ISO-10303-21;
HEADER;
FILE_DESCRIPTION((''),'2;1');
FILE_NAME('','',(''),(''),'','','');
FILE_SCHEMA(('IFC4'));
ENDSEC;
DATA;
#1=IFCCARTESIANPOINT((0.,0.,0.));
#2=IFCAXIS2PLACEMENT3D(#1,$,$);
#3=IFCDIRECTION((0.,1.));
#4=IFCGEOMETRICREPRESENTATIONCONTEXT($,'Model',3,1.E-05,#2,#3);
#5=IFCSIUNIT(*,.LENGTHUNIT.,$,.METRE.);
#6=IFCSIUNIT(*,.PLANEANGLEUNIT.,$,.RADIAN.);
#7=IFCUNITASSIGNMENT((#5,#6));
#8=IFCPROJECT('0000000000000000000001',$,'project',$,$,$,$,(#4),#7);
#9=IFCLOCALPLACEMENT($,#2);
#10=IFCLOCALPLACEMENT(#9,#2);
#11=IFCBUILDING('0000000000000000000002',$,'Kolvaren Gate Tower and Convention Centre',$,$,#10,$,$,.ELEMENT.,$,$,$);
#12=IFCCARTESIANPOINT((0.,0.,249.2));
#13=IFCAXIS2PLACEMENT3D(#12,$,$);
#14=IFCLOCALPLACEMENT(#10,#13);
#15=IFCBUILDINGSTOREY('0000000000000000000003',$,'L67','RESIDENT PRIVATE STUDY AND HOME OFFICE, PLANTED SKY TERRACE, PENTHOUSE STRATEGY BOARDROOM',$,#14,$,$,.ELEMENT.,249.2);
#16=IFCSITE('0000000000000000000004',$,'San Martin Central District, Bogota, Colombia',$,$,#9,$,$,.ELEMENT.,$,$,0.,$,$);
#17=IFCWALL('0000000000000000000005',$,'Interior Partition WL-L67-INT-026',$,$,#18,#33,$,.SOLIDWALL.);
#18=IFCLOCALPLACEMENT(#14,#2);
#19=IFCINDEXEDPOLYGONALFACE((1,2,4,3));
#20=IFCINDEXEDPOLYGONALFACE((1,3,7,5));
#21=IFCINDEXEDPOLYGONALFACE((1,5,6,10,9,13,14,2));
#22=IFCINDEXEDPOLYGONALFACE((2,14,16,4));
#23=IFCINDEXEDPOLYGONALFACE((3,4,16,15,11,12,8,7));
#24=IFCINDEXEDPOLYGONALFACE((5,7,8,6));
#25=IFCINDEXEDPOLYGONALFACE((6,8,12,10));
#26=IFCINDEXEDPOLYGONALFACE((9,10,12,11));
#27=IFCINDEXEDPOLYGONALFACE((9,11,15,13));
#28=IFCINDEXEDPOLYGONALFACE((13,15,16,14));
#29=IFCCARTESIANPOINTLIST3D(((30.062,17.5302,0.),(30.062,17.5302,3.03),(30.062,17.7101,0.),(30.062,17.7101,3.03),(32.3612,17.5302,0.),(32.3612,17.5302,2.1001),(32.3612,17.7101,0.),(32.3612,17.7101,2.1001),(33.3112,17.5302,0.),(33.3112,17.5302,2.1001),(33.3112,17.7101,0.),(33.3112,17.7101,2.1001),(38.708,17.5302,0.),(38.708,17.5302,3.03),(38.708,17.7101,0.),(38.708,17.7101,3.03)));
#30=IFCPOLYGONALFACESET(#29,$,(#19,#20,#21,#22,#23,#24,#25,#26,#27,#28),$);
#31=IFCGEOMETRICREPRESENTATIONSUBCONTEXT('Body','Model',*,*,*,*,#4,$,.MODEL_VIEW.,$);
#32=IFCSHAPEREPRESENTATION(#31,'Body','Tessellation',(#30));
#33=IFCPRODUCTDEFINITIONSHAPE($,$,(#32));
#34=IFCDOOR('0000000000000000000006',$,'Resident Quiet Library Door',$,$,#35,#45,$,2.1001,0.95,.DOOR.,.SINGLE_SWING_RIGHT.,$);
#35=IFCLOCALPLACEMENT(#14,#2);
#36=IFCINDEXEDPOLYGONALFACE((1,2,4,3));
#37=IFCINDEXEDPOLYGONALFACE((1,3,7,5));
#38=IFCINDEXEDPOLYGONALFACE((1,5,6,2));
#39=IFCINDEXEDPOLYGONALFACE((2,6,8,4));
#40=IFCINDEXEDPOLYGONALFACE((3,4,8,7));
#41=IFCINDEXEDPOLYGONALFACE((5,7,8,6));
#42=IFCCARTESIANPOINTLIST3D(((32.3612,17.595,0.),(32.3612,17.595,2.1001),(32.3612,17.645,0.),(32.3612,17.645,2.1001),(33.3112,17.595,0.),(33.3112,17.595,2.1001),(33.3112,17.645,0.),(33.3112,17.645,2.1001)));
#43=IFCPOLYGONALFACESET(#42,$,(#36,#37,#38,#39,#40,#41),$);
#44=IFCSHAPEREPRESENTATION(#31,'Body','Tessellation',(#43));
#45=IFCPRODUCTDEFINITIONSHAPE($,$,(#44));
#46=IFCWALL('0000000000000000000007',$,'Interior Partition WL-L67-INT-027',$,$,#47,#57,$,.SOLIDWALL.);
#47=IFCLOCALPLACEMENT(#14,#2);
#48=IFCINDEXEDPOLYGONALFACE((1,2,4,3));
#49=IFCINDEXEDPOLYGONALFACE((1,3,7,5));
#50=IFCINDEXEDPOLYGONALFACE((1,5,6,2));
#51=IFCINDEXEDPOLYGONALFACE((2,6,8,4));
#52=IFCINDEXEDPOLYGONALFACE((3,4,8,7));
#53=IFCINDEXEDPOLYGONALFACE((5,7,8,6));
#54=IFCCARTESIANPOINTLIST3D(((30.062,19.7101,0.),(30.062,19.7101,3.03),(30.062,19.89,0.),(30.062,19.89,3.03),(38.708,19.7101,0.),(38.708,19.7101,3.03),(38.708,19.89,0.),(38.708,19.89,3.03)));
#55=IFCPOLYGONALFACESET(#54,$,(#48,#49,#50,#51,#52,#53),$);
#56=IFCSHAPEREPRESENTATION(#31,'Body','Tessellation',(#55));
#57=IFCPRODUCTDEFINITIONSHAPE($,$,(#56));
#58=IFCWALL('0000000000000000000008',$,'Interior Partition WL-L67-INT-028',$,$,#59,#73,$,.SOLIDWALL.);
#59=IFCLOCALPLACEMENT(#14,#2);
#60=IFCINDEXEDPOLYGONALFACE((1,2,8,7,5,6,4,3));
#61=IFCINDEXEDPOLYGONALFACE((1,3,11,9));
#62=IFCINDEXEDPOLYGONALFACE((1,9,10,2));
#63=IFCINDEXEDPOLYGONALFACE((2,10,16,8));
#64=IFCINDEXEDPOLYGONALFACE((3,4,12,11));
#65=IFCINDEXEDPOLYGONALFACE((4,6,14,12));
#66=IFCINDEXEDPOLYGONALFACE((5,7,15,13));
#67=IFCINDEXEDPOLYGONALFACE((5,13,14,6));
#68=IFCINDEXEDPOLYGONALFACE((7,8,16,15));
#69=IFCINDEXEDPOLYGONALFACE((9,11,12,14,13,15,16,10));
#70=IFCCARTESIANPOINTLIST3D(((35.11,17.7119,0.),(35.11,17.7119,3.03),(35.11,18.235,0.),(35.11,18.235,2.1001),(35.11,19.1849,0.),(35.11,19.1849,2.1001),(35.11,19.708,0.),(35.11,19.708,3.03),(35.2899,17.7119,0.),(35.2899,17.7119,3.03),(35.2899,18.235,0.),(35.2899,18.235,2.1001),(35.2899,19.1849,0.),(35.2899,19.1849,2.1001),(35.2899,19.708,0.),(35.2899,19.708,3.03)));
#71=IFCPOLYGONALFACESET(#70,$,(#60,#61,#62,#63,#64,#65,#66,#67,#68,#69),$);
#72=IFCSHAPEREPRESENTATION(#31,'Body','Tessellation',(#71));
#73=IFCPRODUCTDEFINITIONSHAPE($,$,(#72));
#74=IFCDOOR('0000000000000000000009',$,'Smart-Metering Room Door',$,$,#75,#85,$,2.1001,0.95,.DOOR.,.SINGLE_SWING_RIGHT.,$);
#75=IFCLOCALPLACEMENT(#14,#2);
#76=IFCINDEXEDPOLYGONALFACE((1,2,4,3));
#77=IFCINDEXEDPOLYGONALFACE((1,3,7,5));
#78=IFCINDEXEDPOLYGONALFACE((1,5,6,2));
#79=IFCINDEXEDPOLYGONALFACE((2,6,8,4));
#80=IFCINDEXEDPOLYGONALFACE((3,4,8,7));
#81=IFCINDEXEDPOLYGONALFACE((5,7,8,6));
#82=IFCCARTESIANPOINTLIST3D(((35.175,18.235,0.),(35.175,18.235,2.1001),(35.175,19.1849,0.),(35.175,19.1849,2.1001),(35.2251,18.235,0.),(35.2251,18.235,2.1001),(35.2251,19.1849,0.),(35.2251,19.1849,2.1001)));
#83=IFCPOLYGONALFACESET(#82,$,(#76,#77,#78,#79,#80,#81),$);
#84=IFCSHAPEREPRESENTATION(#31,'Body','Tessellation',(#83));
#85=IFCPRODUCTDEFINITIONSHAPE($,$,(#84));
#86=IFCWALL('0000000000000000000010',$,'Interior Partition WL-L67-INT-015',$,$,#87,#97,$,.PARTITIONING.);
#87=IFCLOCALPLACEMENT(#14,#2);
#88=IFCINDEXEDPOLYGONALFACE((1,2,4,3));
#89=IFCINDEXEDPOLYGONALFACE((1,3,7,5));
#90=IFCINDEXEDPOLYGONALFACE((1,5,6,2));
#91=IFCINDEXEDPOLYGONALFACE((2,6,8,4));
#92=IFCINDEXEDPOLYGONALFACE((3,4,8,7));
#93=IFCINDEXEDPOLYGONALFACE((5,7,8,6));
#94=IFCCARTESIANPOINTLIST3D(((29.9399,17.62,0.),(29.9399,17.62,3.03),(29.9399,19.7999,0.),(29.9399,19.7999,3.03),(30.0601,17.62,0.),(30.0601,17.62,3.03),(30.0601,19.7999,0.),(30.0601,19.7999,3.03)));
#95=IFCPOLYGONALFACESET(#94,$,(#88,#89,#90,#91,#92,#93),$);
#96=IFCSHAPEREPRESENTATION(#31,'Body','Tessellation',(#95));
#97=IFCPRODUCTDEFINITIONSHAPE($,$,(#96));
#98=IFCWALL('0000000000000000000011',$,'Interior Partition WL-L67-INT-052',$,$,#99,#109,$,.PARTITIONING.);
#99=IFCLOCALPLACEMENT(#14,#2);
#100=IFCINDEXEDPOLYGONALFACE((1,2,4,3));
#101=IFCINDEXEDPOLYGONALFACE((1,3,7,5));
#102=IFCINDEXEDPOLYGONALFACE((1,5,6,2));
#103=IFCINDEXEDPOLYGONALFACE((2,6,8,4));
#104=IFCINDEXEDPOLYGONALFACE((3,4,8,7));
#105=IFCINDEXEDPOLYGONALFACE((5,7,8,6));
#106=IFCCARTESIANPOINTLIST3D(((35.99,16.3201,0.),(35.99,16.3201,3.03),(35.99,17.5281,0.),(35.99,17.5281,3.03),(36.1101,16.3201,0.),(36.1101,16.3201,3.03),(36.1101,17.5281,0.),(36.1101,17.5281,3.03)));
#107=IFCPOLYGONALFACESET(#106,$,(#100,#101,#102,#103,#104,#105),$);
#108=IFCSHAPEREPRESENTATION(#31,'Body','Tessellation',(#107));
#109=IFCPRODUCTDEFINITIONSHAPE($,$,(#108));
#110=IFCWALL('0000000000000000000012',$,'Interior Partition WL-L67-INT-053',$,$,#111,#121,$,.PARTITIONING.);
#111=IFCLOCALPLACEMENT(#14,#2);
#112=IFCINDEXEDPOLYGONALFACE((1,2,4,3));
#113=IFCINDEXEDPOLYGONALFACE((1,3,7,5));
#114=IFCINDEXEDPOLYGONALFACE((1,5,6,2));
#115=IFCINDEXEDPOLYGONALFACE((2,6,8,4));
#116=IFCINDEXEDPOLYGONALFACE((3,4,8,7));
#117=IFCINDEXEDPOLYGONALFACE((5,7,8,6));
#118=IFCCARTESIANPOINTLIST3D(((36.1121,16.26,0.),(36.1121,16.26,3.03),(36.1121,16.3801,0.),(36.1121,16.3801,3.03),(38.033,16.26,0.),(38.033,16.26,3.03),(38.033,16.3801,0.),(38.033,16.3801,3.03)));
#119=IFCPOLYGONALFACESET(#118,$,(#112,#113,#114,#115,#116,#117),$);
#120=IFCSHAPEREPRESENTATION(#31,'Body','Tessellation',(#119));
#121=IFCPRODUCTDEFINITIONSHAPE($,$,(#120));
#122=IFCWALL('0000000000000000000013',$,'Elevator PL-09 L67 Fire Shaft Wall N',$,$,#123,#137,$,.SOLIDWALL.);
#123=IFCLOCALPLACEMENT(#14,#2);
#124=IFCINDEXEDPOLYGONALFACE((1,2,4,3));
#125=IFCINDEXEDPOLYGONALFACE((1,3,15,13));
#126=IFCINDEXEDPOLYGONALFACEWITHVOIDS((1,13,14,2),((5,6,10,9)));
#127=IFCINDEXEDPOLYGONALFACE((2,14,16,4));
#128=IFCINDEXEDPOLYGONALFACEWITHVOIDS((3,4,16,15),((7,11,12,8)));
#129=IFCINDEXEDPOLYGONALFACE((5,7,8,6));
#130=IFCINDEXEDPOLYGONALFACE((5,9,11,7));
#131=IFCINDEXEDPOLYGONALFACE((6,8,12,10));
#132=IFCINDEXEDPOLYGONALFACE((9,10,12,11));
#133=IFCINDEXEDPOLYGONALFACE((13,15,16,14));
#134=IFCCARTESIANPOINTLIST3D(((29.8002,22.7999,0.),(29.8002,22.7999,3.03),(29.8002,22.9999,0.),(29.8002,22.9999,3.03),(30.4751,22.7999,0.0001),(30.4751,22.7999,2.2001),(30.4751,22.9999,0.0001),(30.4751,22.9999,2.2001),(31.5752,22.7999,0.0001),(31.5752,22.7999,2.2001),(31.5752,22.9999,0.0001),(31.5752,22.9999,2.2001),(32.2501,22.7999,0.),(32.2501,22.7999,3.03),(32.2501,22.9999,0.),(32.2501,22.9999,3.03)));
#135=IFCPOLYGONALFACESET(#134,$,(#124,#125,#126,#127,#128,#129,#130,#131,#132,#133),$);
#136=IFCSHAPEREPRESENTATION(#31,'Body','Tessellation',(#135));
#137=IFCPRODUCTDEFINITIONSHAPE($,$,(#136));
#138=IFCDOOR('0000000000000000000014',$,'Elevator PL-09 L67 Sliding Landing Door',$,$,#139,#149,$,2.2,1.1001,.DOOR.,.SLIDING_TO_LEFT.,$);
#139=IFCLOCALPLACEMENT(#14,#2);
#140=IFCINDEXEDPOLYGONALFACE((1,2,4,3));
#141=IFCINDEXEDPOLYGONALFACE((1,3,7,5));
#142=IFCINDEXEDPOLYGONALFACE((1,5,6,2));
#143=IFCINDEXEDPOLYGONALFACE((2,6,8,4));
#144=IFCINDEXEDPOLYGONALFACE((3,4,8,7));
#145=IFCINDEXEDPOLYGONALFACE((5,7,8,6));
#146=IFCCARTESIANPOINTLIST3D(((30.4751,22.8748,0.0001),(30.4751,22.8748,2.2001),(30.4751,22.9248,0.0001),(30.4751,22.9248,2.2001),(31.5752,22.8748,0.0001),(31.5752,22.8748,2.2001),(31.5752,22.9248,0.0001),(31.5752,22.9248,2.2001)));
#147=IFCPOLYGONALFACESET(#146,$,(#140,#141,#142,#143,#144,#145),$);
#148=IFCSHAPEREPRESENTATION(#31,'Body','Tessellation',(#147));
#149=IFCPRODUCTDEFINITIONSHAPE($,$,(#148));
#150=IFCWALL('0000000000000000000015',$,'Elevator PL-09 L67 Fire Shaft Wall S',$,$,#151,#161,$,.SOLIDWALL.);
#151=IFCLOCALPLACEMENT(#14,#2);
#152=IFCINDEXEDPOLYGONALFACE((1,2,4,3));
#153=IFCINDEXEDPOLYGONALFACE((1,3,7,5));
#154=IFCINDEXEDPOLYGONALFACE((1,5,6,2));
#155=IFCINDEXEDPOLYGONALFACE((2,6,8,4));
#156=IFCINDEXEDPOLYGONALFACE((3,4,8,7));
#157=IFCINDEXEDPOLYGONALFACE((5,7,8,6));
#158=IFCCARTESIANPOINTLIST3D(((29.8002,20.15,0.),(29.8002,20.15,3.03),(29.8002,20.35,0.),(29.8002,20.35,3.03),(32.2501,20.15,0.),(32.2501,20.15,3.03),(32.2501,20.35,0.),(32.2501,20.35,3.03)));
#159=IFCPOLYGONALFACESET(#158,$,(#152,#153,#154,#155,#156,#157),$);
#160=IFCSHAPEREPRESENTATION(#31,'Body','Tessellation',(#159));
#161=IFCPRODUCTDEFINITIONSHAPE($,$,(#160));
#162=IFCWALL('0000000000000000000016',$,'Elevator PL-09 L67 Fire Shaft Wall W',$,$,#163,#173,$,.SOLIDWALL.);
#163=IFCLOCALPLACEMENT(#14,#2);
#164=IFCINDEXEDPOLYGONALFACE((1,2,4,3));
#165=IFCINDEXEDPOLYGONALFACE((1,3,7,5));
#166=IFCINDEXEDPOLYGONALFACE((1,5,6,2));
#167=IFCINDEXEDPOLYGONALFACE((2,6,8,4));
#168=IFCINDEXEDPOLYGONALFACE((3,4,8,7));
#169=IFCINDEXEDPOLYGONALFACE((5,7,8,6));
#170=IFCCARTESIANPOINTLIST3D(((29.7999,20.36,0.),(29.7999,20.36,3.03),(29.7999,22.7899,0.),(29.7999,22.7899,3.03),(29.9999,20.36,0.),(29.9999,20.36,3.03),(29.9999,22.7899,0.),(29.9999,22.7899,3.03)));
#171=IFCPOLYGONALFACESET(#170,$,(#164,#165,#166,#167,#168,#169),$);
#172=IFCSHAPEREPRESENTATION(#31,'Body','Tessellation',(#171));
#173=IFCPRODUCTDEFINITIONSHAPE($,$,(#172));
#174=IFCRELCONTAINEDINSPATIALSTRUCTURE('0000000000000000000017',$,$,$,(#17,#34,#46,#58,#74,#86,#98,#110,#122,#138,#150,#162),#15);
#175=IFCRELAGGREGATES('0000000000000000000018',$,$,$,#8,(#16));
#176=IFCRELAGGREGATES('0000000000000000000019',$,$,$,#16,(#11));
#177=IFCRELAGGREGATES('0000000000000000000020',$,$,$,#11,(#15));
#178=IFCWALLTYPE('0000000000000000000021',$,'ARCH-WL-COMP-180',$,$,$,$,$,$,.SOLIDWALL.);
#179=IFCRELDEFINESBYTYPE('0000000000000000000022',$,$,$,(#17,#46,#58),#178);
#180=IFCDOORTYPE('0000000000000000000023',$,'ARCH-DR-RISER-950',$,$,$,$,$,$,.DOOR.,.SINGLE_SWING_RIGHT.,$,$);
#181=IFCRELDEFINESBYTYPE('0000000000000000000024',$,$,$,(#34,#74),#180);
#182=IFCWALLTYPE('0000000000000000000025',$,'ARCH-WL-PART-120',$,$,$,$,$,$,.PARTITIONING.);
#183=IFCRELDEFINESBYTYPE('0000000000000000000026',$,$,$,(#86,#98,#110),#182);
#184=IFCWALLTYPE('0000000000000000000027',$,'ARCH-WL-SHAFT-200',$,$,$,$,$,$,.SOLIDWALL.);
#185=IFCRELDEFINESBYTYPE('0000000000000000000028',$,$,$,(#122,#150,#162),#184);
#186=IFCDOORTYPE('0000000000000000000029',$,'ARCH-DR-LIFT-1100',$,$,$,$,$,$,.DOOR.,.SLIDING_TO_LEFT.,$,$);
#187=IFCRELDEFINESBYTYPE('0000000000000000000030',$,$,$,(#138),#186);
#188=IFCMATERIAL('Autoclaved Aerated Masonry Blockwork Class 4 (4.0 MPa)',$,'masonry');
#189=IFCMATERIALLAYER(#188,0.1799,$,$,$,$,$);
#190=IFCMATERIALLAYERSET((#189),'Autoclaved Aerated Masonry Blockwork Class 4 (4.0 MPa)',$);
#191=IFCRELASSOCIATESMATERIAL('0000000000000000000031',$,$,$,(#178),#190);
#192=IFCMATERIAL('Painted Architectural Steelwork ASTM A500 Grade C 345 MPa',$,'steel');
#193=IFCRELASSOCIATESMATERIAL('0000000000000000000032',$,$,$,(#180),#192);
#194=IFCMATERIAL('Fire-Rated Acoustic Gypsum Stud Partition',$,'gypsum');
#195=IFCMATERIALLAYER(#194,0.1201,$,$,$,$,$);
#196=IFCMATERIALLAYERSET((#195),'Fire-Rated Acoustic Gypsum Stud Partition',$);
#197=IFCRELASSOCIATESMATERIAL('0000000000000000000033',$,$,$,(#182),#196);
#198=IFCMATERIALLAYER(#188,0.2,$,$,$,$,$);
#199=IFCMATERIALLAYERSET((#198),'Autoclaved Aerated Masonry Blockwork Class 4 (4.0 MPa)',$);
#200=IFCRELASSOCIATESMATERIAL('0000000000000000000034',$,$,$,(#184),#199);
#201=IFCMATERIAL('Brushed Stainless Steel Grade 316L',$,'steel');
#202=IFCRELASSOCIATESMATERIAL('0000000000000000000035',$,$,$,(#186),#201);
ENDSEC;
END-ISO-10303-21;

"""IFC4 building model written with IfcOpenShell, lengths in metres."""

from ifc_helpers import new_model, si_unit, direction, frame, frame_2d, origin, place, context, subcontext, project, spatial, rectangle, extrude, material, layer, layer_set, type_object, element, fill, save


model = new_model("IFC4")

# Units and contexts
model_context = context("Model", 3, precision=1e-05, world=origin(), true_north=direction((0.0, 1.0)))
body_context = subcontext(model_context, "Body", "Model", "MODEL_VIEW")
ifc_project = project(units=[si_unit("LENGTHUNIT", "METRE"), si_unit("PLANEANGLEUNIT", "RADIAN")], contexts=[model_context])

# Site, building, storey
site_placement = place(None, origin())
site = spatial("IfcSite", under=ifc_project, at=site_placement, Name="San Martin Central District, Bogota, Colombia", CompositionType="ELEMENT", RefElevation=0.0)
building_placement = place(site_placement, origin())
building = spatial("IfcBuilding", under=site, at=building_placement, Name="Kolvaren Gate Tower and Convention Centre", CompositionType="ELEMENT")
storey_placement = place(building_placement, frame((0.0, 0.0, 249.2)))
storey = spatial("IfcBuildingStorey", under=building, at=storey_placement, Name="L67", Description="RESIDENT PRIVATE STUDY AND HOME OFFICE, PLANTED SKY TERRACE, PENTHOUSE STRATEGY BOARDROOM", CompositionType="ELEMENT", Elevation=249.2)

# Wall, opening, door
ifc_material_1 = material(Name="Autoclaved Aerated Masonry Blockwork Class 4 (4.0 MPa)", Category="masonry")
ifc_layer_1 = layer(ifc_material_1, 0.1799)
ifc_layer_set_1 = layer_set([ifc_layer_1], Name="Autoclaved Aerated Masonry Blockwork Class 4 (4.0 MPa)")
wall_type_1 = type_object("IfcWallType", Name="ARCH-WL-COMP-180", PredefinedType="SOLIDWALL", material=ifc_layer_set_1)
wall_1_placement = place(storey_placement, frame((30.062, 17.6201, 0.0), z_axis=(0.0, 0.0, 1.0), x_axis=(1.0, 0.0, 0.0)))
wall_1 = element("IfcWall", 1, at=wall_1_placement, inside=storey, type_object=wall_type_1, Name="Interior Partition WL-L67-INT-026", PredefinedType="SOLIDWALL", context=body_context, shape_type="SweptSolid", body=[
    extrude(rectangle(XDim=8.646, YDim=0.1799, at=frame_2d((4.323, 0.0))), origin(), (0.0, 0.0, 1.0), 3.03),
])
opening_1_placement = place(wall_1_placement, frame((2.2991, 0.0, 0.0)))
opening_1 = element("IfcOpeningElement", 2, at=opening_1_placement, cuts=wall_1, PredefinedType="OPENING", context=body_context, shape_type="SweptSolid", body=[
    extrude(rectangle(XDim=0.95, YDim=2.1001, at=frame_2d((0.4751, 1.05))), frame((0.0, 0.0999, 0.0), z_axis=(0.0, -1.0, 0.0), x_axis=(1.0, 0.0, 0.0)), (0.0, 0.0, 1.0), 0.2),
])
ifc_material_2 = material(Name="Painted Architectural Steelwork ASTM A500 Grade C 345 MPa", Category="steel")
door_type_1 = type_object("IfcDoorType", Name="ARCH-DR-RISER-950", OperationType="SINGLE_SWING_RIGHT", PredefinedType="DOOR", material=ifc_material_2)
door_1_placement = place(opening_1_placement, origin())
door_1 = element("IfcDoor", 3, at=door_1_placement, inside=storey, type_object=door_type_1, Name="Resident Quiet Library Door", OperationType="SINGLE_SWING_RIGHT", OverallHeight=2.1001, OverallWidth=0.95, PredefinedType="DOOR", context=body_context, shape_type="SweptSolid", body=[
    extrude(rectangle(XDim=0.95, YDim=2.1001, at=frame_2d((0.4751, 1.05))), frame((0.0, 0.0249, 0.0), z_axis=(0.0, -1.0, 0.0), x_axis=(1.0, 0.0, 0.0)), (0.0, 0.0, 1.0), 0.05),
])
fill(opening_1, door_1)

# Wall
wall_2_placement = place(storey_placement, frame((30.062, 19.8, 0.0), z_axis=(0.0, 0.0, 1.0), x_axis=(1.0, 0.0, 0.0)))
element("IfcWall", 4, at=wall_2_placement, inside=storey, type_object=wall_type_1, Name="Interior Partition WL-L67-INT-027", PredefinedType="SOLIDWALL", context=body_context, shape_type="SweptSolid", body=[
    extrude(rectangle(XDim=8.646, YDim=0.1799, at=frame_2d((4.323, 0.0))), origin(), (0.0, 0.0, 1.0), 3.03),
])

# Wall, opening, door
wall_3_placement = place(storey_placement, frame((35.2, 17.7119, 0.0), z_axis=(0.0, 0.0, 1.0), x_axis=(0.0, 1.0, 0.0)))
wall_3 = element("IfcWall", 5, at=wall_3_placement, inside=storey, type_object=wall_type_1, Name="Interior Partition WL-L67-INT-028", PredefinedType="SOLIDWALL", context=body_context, shape_type="SweptSolid", body=[
    extrude(rectangle(XDim=1.9961, YDim=0.1799, at=frame_2d((0.998, 0.0))), origin(), (0.0, 0.0, 1.0), 3.03),
])
opening_2_placement = place(wall_3_placement, frame((0.5229, 0.0, 0.0)))
opening_2 = element("IfcOpeningElement", 6, at=opening_2_placement, cuts=wall_3, PredefinedType="OPENING", context=body_context, shape_type="SweptSolid", body=[
    extrude(rectangle(XDim=0.95, YDim=2.1001, at=frame_2d((0.4751, 1.05))), frame((0.0, 0.0999, 0.0), z_axis=(0.0, -1.0, 0.0), x_axis=(1.0, 0.0, 0.0)), (0.0, 0.0, 1.0), 0.2),
])
door_2_placement = place(opening_2_placement, origin())
door_2 = element("IfcDoor", 7, at=door_2_placement, inside=storey, type_object=door_type_1, Name="Smart-Metering Room Door", OperationType="SINGLE_SWING_RIGHT", OverallHeight=2.1001, OverallWidth=0.95, PredefinedType="DOOR", context=body_context, shape_type="SweptSolid", body=[
    extrude(rectangle(XDim=0.95, YDim=2.1001, at=frame_2d((0.4751, 1.05))), frame((0.0, 0.0249, 0.0), z_axis=(0.0, -1.0, 0.0), x_axis=(1.0, 0.0, 0.0)), (0.0, 0.0, 1.0), 0.05),
])
fill(opening_2, door_2)

# Walls
ifc_material_3 = material(Name="Fire-Rated Acoustic Gypsum Stud Partition", Category="gypsum")
ifc_layer_2 = layer(ifc_material_3, 0.1201)
ifc_layer_set_2 = layer_set([ifc_layer_2], Name="Fire-Rated Acoustic Gypsum Stud Partition")
wall_type_2 = type_object("IfcWallType", Name="ARCH-WL-PART-120", PredefinedType="PARTITIONING", material=ifc_layer_set_2)
wall_4_placement = place(storey_placement, frame((30.0, 17.6201, 0.0), z_axis=(0.0, 0.0, 1.0), x_axis=(0.0, 1.0, 0.0)))
element("IfcWall", 8, at=wall_4_placement, inside=storey, type_object=wall_type_2, Name="Interior Partition WL-L67-INT-015", PredefinedType="PARTITIONING", context=body_context, shape_type="SweptSolid", body=[
    extrude(rectangle(XDim=2.1799, YDim=0.1201, at=frame_2d((1.0898, 0.0))), origin(), (0.0, 0.0, 1.0), 3.03),
])
wall_5_placement = place(storey_placement, frame((36.05, 16.3201, 0.0), z_axis=(0.0, 0.0, 1.0), x_axis=(0.0, 1.0, 0.0)))
element("IfcWall", 9, at=wall_5_placement, inside=storey, type_object=wall_type_2, Name="Interior Partition WL-L67-INT-052", PredefinedType="PARTITIONING", context=body_context, shape_type="SweptSolid", body=[
    extrude(rectangle(XDim=1.208, YDim=0.1201, at=frame_2d((0.604, 0.0))), origin(), (0.0, 0.0, 1.0), 3.03),
])
wall_6_placement = place(storey_placement, frame((36.1121, 16.3201, 0.0), z_axis=(0.0, 0.0, 1.0), x_axis=(1.0, 0.0, 0.0)))
element("IfcWall", 10, at=wall_6_placement, inside=storey, type_object=wall_type_2, Name="Interior Partition WL-L67-INT-053", PredefinedType="PARTITIONING", context=body_context, shape_type="SweptSolid", body=[
    extrude(rectangle(XDim=1.9209, YDim=0.1201, at=frame_2d((0.9604, 0.0))), origin(), (0.0, 0.0, 1.0), 3.03),
])

# Wall, opening, door
ifc_layer_3 = layer(ifc_material_1, 0.2)
ifc_layer_set_3 = layer_set([ifc_layer_3], Name="Autoclaved Aerated Masonry Blockwork Class 4 (4.0 MPa)")
wall_type_3 = type_object("IfcWallType", Name="ARCH-WL-SHAFT-200", PredefinedType="SOLIDWALL", material=ifc_layer_set_3)
wall_7_placement = place(storey_placement, frame((29.8, 22.8999, 0.0), z_axis=(0.0, 0.0, 1.0), x_axis=(1.0, 0.0, 0.0)))
wall_7 = element("IfcWall", 11, at=wall_7_placement, inside=storey, type_object=wall_type_3, Name="Elevator PL-09 L67 Fire Shaft Wall N", PredefinedType="SOLIDWALL", context=body_context, shape_type="SweptSolid", body=[
    extrude(rectangle(XDim=2.45, YDim=0.2, at=frame_2d((1.2251, 0.0))), origin(), (0.0, 0.0, 1.0), 3.03),
])
opening_3_placement = place(wall_7_placement, frame((0.675, 0.0, 0.0)))
opening_3 = element("IfcOpeningElement", 12, at=opening_3_placement, cuts=wall_7, PredefinedType="OPENING", context=body_context, shape_type="SweptSolid", body=[
    extrude(rectangle(XDim=1.1001, YDim=2.2, at=frame_2d((0.55, 1.1001))), frame((0.0, 0.1099, 0.0), z_axis=(0.0, -1.0, 0.0), x_axis=(1.0, 0.0, 0.0)), (0.0, 0.0, 1.0), 0.22),
])
ifc_material_4 = material(Name="Brushed Stainless Steel Grade 316L", Category="steel")
door_type_2 = type_object("IfcDoorType", Name="ARCH-DR-LIFT-1100", OperationType="SLIDING_TO_LEFT", PredefinedType="DOOR", material=ifc_material_4)
door_3_placement = place(opening_3_placement, origin())
door_3 = element("IfcDoor", 13, at=door_3_placement, inside=storey, type_object=door_type_2, Name="Elevator PL-09 L67 Sliding Landing Door", OperationType="SLIDING_TO_LEFT", OverallHeight=2.2, OverallWidth=1.1001, PredefinedType="DOOR", context=body_context, shape_type="SweptSolid", body=[
    extrude(rectangle(XDim=1.1001, YDim=2.2, at=frame_2d((0.55, 1.1001))), frame((0.0, 0.0249, 0.0), z_axis=(0.0, -1.0, 0.0), x_axis=(1.0, 0.0, 0.0)), (0.0, 0.0, 1.0), 0.05),
])
fill(opening_3, door_3)

# Walls
wall_8_placement = place(storey_placement, frame((29.8, 20.25, 0.0), z_axis=(0.0, 0.0, 1.0), x_axis=(1.0, 0.0, 0.0)))
element("IfcWall", 14, at=wall_8_placement, inside=storey, type_object=wall_type_3, Name="Elevator PL-09 L67 Fire Shaft Wall S", PredefinedType="SOLIDWALL", context=body_context, shape_type="SweptSolid", body=[
    extrude(rectangle(XDim=2.45, YDim=0.2, at=frame_2d((1.2251, 0.0))), origin(), (0.0, 0.0, 1.0), 3.03),
])
for number, where, z_axis, x_axis, name in (
    (15, (29.8999, 20.3601, 0.0), (0.0, 0.0, 1.0), (0.0, 1.0, 0.0), "Elevator PL-09 L67 Fire Shaft Wall W"),
):
    element("IfcWall", number, at=place(storey_placement, frame(where, z_axis=z_axis, x_axis=x_axis)), inside=storey, type_object=wall_type_3, Name=name, PredefinedType="SOLIDWALL", context=body_context, shape_type="SweptSolid", body=[
        extrude(rectangle(XDim=2.4299, YDim=0.2, at=frame_2d((1.2148, 0.0))), origin(), (0.0, 0.0, 1.0), 3.03),
    ])

save(model, "model.ifc")
